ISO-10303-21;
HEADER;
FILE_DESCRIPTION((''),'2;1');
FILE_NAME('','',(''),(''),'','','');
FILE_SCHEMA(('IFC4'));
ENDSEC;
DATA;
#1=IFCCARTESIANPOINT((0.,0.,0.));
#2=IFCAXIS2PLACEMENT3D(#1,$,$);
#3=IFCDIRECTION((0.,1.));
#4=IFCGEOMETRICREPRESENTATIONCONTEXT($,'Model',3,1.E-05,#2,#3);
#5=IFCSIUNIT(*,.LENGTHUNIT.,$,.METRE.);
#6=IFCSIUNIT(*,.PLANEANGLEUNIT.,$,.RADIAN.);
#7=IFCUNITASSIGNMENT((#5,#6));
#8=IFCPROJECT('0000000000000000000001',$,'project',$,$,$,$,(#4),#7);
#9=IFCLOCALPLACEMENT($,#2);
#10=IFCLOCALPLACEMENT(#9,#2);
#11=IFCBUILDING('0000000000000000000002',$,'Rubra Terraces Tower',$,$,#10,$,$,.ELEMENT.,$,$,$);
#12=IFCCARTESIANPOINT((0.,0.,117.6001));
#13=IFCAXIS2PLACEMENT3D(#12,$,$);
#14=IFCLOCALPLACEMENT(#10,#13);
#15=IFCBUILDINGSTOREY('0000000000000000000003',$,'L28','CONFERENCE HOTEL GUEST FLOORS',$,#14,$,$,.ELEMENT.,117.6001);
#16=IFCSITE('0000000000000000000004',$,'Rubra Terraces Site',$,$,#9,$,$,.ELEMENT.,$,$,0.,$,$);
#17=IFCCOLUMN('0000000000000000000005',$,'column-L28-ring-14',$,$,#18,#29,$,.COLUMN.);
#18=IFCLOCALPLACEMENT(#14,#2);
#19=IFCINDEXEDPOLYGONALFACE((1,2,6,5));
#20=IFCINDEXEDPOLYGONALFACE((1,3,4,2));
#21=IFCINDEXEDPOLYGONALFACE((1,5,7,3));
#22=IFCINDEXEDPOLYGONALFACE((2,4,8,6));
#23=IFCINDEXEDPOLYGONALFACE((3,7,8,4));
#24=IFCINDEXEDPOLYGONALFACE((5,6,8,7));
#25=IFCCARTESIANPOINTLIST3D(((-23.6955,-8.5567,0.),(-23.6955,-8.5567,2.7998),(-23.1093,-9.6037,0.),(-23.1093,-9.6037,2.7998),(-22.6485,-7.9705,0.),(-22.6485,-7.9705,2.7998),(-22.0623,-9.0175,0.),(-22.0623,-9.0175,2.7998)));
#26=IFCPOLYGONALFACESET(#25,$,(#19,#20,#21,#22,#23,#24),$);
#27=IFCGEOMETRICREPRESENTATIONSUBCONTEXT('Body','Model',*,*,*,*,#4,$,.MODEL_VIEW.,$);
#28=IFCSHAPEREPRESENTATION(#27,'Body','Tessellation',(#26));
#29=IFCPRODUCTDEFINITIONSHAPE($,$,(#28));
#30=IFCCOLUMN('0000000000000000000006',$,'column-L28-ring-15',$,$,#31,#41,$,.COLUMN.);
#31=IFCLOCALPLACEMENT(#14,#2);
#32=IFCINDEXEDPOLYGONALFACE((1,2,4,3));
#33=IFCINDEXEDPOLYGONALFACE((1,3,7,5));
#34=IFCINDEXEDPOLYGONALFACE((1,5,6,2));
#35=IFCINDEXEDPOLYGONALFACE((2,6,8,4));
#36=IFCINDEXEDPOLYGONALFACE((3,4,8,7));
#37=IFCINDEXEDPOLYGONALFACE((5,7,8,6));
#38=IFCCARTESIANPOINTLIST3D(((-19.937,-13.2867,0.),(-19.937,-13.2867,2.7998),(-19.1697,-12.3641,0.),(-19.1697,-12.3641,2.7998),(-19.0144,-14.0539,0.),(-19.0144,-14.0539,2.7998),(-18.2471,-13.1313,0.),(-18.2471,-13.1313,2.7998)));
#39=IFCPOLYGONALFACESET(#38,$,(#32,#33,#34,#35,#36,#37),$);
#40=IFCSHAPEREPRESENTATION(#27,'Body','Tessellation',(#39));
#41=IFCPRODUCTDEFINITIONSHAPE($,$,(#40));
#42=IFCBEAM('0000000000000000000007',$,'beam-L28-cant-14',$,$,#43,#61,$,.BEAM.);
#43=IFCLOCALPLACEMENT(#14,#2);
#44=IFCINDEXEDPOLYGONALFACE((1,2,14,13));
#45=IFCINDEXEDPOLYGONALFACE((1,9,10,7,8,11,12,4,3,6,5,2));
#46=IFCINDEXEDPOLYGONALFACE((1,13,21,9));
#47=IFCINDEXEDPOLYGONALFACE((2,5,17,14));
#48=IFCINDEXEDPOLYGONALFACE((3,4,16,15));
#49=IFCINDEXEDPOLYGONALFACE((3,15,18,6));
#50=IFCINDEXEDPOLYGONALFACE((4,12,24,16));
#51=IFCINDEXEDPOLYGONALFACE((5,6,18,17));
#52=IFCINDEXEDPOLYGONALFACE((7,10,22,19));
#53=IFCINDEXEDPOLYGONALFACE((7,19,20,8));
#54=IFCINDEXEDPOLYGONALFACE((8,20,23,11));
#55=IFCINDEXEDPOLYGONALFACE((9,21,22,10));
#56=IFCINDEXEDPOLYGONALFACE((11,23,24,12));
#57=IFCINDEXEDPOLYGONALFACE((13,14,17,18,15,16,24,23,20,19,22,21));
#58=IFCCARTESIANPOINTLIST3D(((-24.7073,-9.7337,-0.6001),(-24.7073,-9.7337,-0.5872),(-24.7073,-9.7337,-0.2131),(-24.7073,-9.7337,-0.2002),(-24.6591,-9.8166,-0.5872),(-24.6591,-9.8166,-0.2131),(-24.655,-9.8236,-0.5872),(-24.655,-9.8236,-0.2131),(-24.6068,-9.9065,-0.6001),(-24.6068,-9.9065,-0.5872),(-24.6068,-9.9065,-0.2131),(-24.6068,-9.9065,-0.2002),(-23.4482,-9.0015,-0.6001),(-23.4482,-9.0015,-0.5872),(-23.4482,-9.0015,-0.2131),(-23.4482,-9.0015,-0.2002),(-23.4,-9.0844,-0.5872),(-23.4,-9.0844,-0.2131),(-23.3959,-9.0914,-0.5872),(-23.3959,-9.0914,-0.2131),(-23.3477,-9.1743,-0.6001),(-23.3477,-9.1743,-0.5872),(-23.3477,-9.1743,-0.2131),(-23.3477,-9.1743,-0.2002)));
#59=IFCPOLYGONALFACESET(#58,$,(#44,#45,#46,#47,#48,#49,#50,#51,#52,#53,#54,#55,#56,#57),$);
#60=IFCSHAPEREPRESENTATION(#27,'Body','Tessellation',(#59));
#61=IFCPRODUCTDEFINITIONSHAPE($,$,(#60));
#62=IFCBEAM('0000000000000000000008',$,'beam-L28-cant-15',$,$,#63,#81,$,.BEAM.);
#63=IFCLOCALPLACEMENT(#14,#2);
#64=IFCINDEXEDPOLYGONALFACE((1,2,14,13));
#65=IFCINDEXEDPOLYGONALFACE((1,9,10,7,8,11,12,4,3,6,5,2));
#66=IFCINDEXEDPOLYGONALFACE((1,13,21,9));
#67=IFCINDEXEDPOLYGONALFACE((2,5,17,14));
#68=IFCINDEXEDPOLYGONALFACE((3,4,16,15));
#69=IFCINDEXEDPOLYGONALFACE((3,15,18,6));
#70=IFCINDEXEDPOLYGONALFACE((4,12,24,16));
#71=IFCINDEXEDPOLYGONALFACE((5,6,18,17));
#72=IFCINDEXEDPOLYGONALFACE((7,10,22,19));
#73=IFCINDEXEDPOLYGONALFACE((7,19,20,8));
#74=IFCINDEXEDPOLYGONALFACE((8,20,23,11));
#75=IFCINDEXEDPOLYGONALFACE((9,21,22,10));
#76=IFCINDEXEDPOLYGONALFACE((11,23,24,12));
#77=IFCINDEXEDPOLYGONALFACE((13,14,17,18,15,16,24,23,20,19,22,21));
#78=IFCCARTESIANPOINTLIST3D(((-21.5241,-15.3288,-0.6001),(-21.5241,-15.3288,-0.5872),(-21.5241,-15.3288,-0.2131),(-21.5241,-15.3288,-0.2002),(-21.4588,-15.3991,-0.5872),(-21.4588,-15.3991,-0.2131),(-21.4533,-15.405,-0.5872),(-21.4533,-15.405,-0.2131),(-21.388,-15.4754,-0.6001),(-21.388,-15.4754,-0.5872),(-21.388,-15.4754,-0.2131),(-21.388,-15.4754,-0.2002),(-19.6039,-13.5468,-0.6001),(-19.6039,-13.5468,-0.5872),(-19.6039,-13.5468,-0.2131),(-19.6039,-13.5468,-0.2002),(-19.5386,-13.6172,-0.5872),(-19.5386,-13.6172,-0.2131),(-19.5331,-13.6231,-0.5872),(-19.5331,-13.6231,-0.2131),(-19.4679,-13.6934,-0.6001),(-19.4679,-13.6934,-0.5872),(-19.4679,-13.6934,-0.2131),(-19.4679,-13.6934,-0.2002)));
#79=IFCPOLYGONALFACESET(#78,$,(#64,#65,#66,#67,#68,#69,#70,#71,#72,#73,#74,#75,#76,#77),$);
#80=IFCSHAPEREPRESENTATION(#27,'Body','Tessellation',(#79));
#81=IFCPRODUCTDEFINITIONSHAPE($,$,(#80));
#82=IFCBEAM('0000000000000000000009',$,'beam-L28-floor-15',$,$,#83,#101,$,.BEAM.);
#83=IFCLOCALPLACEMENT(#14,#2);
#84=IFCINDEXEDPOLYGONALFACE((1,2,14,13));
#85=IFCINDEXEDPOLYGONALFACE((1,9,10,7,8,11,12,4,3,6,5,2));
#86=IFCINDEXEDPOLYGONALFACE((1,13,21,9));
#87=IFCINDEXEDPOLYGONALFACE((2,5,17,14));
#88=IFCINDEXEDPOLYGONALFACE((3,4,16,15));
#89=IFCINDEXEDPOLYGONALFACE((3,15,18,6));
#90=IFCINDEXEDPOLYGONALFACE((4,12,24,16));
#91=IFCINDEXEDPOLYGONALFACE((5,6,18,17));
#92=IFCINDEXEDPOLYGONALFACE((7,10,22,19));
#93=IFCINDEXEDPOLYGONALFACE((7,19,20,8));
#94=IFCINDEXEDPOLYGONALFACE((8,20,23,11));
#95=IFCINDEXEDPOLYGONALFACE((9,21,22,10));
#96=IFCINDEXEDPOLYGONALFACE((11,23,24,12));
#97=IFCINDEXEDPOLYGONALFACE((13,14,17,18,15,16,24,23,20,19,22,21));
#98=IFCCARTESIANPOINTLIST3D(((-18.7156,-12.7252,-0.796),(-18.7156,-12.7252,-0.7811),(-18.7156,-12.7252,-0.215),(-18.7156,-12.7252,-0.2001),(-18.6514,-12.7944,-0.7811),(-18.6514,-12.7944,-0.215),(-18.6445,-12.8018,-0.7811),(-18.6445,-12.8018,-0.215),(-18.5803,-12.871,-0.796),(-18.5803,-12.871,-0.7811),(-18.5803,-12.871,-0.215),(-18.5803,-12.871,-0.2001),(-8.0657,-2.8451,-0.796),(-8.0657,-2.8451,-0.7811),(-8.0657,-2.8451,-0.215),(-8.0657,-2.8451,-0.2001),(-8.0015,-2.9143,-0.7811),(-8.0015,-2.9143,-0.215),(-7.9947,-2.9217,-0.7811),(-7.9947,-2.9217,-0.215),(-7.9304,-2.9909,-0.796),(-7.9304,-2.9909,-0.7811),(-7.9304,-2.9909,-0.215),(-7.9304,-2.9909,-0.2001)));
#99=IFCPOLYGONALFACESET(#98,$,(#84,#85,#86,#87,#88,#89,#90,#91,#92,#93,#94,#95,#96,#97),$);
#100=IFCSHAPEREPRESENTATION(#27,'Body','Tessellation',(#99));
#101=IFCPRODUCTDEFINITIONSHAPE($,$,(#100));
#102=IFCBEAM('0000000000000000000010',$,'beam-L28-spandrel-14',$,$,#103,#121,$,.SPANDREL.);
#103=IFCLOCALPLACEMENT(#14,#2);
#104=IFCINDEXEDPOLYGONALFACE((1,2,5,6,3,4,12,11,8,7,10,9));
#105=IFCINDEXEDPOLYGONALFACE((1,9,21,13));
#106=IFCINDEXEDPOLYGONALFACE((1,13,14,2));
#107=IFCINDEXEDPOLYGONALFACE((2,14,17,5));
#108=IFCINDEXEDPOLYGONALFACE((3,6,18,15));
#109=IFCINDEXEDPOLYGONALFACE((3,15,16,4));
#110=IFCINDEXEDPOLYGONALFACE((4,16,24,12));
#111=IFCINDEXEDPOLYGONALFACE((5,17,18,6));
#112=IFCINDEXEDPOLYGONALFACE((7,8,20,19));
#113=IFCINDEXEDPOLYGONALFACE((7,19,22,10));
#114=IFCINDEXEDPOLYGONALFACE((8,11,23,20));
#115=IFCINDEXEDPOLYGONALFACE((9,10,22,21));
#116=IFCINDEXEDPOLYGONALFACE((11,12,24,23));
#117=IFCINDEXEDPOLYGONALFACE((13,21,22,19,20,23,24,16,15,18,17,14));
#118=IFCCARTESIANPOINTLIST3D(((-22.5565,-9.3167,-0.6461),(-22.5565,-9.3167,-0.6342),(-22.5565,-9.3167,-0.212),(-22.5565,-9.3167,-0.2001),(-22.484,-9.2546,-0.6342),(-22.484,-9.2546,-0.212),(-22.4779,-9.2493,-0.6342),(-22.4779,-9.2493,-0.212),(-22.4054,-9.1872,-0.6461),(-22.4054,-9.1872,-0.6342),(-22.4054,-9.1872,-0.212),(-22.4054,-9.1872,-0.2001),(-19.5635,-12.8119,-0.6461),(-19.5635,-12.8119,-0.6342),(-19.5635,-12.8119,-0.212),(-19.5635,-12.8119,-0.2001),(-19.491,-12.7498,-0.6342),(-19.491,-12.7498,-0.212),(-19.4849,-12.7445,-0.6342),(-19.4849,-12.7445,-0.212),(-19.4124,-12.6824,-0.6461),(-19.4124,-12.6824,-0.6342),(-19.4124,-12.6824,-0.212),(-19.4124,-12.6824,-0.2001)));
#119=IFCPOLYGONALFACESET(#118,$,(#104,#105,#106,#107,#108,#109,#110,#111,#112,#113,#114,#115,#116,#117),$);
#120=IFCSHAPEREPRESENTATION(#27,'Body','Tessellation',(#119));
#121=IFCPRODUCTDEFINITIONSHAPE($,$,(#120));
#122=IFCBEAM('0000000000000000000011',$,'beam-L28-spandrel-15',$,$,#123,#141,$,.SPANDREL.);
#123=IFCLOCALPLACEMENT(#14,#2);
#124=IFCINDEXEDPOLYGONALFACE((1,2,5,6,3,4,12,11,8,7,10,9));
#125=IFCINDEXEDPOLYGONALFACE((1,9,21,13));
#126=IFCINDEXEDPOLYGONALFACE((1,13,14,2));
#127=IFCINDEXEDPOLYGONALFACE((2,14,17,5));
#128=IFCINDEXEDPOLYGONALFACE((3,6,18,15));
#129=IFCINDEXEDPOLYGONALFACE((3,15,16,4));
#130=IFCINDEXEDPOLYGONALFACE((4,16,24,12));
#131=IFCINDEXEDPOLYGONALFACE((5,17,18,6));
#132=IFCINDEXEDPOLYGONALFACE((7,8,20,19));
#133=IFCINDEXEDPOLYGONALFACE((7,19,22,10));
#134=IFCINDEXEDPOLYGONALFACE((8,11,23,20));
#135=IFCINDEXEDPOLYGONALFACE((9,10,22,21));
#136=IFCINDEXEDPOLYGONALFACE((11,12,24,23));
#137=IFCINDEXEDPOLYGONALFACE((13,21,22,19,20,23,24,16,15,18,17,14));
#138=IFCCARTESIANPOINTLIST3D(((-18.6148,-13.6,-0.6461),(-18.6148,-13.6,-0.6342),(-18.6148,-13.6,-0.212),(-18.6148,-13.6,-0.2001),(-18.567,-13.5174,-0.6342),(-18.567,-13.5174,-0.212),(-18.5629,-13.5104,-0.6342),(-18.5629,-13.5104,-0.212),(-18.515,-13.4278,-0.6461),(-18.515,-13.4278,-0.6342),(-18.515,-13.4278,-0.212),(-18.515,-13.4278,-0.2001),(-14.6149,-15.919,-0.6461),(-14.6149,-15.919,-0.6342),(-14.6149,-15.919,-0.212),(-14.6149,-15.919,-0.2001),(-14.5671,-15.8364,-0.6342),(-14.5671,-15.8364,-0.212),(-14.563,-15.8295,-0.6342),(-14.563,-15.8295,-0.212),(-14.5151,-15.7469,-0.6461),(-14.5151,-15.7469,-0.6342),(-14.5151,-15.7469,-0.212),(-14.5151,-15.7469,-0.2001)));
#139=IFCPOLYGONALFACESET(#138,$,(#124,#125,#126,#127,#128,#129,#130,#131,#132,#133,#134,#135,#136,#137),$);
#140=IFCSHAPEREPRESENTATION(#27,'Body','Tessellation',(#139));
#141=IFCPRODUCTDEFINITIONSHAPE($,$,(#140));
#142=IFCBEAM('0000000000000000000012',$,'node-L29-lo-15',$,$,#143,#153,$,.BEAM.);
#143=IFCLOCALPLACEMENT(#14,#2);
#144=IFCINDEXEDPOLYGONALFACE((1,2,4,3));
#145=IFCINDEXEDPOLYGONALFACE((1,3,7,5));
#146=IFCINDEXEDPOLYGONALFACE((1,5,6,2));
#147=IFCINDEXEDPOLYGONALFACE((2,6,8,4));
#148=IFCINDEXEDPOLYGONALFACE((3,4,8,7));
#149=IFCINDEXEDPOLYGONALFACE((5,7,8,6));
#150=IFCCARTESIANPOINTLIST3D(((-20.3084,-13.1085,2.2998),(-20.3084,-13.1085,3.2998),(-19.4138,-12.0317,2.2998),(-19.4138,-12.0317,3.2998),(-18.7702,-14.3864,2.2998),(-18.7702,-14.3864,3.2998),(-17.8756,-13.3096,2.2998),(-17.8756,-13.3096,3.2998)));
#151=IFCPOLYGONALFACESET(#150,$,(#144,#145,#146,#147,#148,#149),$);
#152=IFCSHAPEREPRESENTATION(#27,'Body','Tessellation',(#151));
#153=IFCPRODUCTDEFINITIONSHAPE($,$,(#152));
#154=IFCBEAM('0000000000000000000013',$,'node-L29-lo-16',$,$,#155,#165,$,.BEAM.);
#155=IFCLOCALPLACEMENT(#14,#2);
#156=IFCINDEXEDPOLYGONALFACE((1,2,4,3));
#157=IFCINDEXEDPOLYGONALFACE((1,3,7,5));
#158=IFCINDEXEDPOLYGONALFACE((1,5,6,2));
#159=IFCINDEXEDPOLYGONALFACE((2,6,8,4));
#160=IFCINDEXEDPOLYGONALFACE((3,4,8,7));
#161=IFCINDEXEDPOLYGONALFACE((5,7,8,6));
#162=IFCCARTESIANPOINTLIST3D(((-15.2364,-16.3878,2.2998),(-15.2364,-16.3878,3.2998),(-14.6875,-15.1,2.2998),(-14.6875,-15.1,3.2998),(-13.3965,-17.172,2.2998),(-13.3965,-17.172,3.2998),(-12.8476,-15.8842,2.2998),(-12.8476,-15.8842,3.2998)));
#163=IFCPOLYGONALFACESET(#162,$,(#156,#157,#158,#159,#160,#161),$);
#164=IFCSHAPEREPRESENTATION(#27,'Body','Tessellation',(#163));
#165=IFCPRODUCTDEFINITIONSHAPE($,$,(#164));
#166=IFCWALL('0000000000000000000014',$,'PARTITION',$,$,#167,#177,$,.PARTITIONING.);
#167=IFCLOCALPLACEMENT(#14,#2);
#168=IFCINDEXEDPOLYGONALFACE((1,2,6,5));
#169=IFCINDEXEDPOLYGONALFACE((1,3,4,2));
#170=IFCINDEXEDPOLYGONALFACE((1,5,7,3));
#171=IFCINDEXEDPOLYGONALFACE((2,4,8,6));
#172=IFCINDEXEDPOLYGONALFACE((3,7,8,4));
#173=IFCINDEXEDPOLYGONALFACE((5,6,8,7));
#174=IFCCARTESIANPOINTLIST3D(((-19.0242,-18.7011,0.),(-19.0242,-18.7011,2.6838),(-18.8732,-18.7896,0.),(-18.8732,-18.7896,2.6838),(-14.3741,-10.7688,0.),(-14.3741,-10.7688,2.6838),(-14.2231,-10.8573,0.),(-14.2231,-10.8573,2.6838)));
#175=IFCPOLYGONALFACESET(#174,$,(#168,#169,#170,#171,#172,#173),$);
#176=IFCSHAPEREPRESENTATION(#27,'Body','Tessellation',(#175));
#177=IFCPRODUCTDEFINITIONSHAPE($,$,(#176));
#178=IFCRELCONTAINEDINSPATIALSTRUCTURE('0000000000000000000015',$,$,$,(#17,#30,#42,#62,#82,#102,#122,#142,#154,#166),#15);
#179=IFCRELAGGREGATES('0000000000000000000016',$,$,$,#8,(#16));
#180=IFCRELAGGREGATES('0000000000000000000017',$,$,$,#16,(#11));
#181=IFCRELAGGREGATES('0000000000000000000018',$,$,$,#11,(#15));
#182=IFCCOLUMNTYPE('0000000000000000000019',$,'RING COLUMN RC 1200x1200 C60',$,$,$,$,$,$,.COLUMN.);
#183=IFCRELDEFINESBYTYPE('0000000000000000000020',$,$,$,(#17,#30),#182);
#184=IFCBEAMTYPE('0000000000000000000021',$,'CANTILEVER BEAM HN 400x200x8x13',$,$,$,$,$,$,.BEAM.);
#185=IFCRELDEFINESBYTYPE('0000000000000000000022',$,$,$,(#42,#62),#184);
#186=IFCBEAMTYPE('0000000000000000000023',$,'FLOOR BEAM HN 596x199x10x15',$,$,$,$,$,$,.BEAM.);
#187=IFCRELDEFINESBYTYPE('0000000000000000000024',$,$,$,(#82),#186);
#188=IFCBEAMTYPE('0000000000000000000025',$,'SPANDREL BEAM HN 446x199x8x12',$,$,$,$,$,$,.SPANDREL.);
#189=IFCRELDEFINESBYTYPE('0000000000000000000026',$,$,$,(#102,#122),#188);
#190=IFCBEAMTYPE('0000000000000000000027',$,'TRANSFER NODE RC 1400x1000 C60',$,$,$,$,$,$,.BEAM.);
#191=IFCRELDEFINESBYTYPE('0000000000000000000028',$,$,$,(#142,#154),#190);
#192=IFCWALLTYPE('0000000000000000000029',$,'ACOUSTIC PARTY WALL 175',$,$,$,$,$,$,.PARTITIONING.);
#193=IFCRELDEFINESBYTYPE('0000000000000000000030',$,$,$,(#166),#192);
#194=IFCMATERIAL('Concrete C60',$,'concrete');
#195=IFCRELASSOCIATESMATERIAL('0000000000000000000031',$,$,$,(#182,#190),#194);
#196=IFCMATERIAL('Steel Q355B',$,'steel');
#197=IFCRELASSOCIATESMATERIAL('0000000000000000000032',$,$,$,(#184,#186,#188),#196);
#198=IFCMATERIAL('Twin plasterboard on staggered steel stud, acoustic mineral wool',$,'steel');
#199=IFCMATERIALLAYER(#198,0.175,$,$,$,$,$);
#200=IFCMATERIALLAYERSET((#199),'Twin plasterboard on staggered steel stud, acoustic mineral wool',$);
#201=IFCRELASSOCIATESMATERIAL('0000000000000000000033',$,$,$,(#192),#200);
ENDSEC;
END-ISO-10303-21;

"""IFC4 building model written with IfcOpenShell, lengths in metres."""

from ifc_helpers import new_model, si_unit, direction, frame, frame_2d, origin, origin_2d, place, context, subcontext, project, spatial, rectangle, i_section, extrude, material, layer, layer_set, material_profile, profile_set, type_object, element, save


model = new_model("IFC4")

# Units and contexts
model_context = context("Model", 3, precision=1e-05, world=origin(), true_north=direction((0.0, 1.0)))
body_context = subcontext(model_context, "Body", "Model", "MODEL_VIEW")
ifc_project = project(units=[si_unit("LENGTHUNIT", "METRE"), si_unit("PLANEANGLEUNIT", "RADIAN")], contexts=[model_context])

# Site, building, storey
site_placement = place(None, origin())
site = spatial("IfcSite", under=ifc_project, at=site_placement, Name="Rubra Terraces Site", CompositionType="ELEMENT", RefElevation=0.0)
building_placement = place(site_placement, origin())
building = spatial("IfcBuilding", under=site, at=building_placement, Name="Rubra Terraces Tower", CompositionType="ELEMENT")
storey_placement = place(building_placement, frame((0.0, 0.0, 117.6001)))
storey = spatial("IfcBuildingStorey", under=building, at=storey_placement, Name="L28", Description="CONFERENCE HOTEL GUEST FLOORS", CompositionType="ELEMENT", Elevation=117.6001)

# Columns
ifc_material_1 = material(Name="Concrete C60", Category="concrete")
ifc_material_profile_1 = material_profile(ifc_material_1, rectangle(XDim=1.2, YDim=1.2, at=origin_2d()), Name="RC 1200x1200")
ifc_profile_set_1 = profile_set([ifc_material_profile_1], Name="Concrete C60")
column_type = type_object("IfcColumnType", Name="RING COLUMN RC 1200x1200 C60", PredefinedType="COLUMN", material=ifc_profile_set_1)
for number, where, z_axis, x_axis, name in (
    (1, (-22.8789, -8.7871, 0.0), (0.0, 0.0, 1.0), (0.488526, -0.872549, 0.0), "column-L28-ring-14"),
    (2, (-19.092, -13.209, 0.0), (0.0, 0.0, 1.0), (0.76887, -0.639405, 0.0), "column-L28-ring-15"),
):
    element("IfcColumn", number, at=place(storey_placement, frame(where, z_axis=z_axis, x_axis=x_axis)), inside=storey, type_object=column_type, Name=name, PredefinedType="COLUMN", context=body_context, shape_type="SweptSolid", body=[
        extrude(rectangle(XDim=1.2, YDim=1.2, at=origin_2d()), origin(), (0.0, 0.0, 1.0), 2.7998),
    ])

# Beams
ifc_material_2 = material(Name="Steel Q355B", Category="steel")
ifc_material_profile_2 = material_profile(ifc_material_2, i_section(OverallWidth=0.2, OverallDepth=0.3999, WebThickness=0.0081, FlangeThickness=0.0129, at=origin_2d()), Name="HN 400x200x8x13")
ifc_profile_set_2 = profile_set([ifc_material_profile_2], Name="Steel Q355B")
beam_type_1 = type_object("IfcBeamType", Name="CANTILEVER BEAM HN 400x200x8x13", PredefinedType="BEAM", material=ifc_profile_set_2)
beam_1_placement = place(storey_placement, frame((-23.3979, -9.0879, -0.4001), z_axis=(-0.864453, -0.502714, 0.0), x_axis=(0.502714, -0.864453, 0.0)))
element("IfcBeam", 3, at=beam_1_placement, inside=storey, type_object=beam_type_1, Name="beam-L28-cant-14", PredefinedType="BEAM", context=body_context, shape_type="SweptSolid", body=[
    extrude(i_section(OverallWidth=0.2, OverallDepth=0.3999, WebThickness=0.0081, FlangeThickness=0.0129, at=origin_2d()), origin(), (0.0, 0.0, 1.0), 1.4565),
])
beam_2_placement = place(storey_placement, frame((-19.5359, -13.6201, -0.4001), z_axis=(-0.732989, -0.68024, 0.0), x_axis=(0.68024, -0.732989, 0.0)))
element("IfcBeam", 4, at=beam_2_placement, inside=storey, type_object=beam_type_1, Name="beam-L28-cant-15", PredefinedType="BEAM", context=body_context, shape_type="SweptSolid", body=[
    extrude(i_section(OverallWidth=0.2, OverallDepth=0.3999, WebThickness=0.0081, FlangeThickness=0.0129, at=origin_2d()), origin(), (0.0, 0.0, 1.0), 2.6196),
])
ifc_material_profile_3 = material_profile(ifc_material_2, i_section(OverallWidth=0.199, OverallDepth=0.5959, WebThickness=0.01, FlangeThickness=0.0149, at=origin_2d()), Name="HN 596x199x10x15")
ifc_profile_set_3 = profile_set([ifc_material_profile_3], Name="Steel Q355B")
beam_type_2 = type_object("IfcBeamType", Name="FLOOR BEAM HN 596x199x10x15", PredefinedType="BEAM", material=ifc_profile_set_3)
beam_3_placement = place(storey_placement, frame((-18.6479, -12.7981, -0.498), z_axis=(0.733105, 0.680116, 0.0), x_axis=(-0.680116, 0.733105, 0.0)))
element("IfcBeam", 5, at=beam_3_placement, inside=storey, type_object=beam_type_2, Name="beam-L28-floor-15", PredefinedType="BEAM", context=body_context, shape_type="SweptSolid", body=[
    extrude(i_section(OverallWidth=0.199, OverallDepth=0.5959, WebThickness=0.01, FlangeThickness=0.0149, at=origin_2d()), origin(), (0.0, 0.0, 1.0), 14.5271),
])
ifc_material_profile_4 = material_profile(ifc_material_2, i_section(OverallWidth=0.199, OverallDepth=0.446, WebThickness=0.0081, FlangeThickness=0.012, at=origin_2d()), Name="HN 446x199x8x12")
ifc_profile_set_4 = profile_set([ifc_material_profile_4], Name="Steel Q355B")
beam_type_3 = type_object("IfcBeamType", Name="SPANDREL BEAM HN 446x199x8x12", PredefinedType="SPANDREL", material=ifc_profile_set_4)
beam_4_placement = place(storey_placement, frame((-22.481, -9.252, -0.4231), z_axis=(0.650429, -0.759567, 0.0), x_axis=(0.759567, 0.650429, 0.0)))
element("IfcBeam", 6, at=beam_4_placement, inside=storey, type_object=beam_type_3, Name="beam-L28-spandrel-14", PredefinedType="SPANDREL", context=body_context, shape_type="SweptSolid", body=[
    extrude(i_section(OverallWidth=0.199, OverallDepth=0.446, WebThickness=0.0081, FlangeThickness=0.012, at=origin_2d()), origin(), (0.0, 0.0, 1.0), 4.6016),
])
beam_5_placement = place(storey_placement, frame((-18.5649, -13.5139, -0.4231), z_axis=(0.865116, -0.501571, 0.0), x_axis=(0.501571, 0.865116, 0.0)))
element("IfcBeam", 7, at=beam_5_placement, inside=storey, type_object=beam_type_3, Name="beam-L28-spandrel-15", PredefinedType="SPANDREL", context=body_context, shape_type="SweptSolid", body=[
    extrude(i_section(OverallWidth=0.199, OverallDepth=0.446, WebThickness=0.0081, FlangeThickness=0.012, at=origin_2d()), origin(), (0.0, 0.0, 1.0), 4.6235),
])
ifc_material_profile_5 = material_profile(ifc_material_1, rectangle(XDim=1.3999, YDim=1.0, at=origin_2d()), Name="RC 1400x1000")
ifc_profile_set_5 = profile_set([ifc_material_profile_5], Name="Concrete C60")
beam_type_4 = type_object("IfcBeamType", Name="TRANSFER NODE RC 1400x1000 C60", PredefinedType="BEAM", material=ifc_profile_set_5)
beam_6_placement = place(storey_placement, frame((-19.8611, -12.5701, 2.7998), z_axis=(0.769181, -0.639031, 0.0), x_axis=(0.639031, 0.769181, 0.0)))
element("IfcBeam", 8, at=beam_6_placement, inside=storey, type_object=beam_type_4, Name="node-L29-lo-15", PredefinedType="BEAM", context=body_context, shape_type="SweptSolid", body=[
    extrude(rectangle(XDim=1.3999, YDim=1.0, at=origin_2d()), origin(), (0.0, 0.0, 1.0), 1.9998),
])
beam_7_placement = place(storey_placement, frame((-14.9619, -15.7439, 2.7998), z_axis=(0.919926, -0.392092, 0.0), x_axis=(0.392092, 0.919926, 0.0)))
element("IfcBeam", 9, at=beam_7_placement, inside=storey, type_object=beam_type_4, Name="node-L29-lo-16", PredefinedType="BEAM", context=body_context, shape_type="SweptSolid", body=[
    extrude(rectangle(XDim=1.3999, YDim=1.0, at=origin_2d()), origin(), (0.0, 0.0, 1.0), 2.0),
])

# Wall
ifc_material_3 = material(Name="Twin plasterboard on staggered steel stud, acoustic mineral wool", Category="steel")
ifc_layer_1 = layer(ifc_material_3, 0.175)
ifc_layer_set_1 = layer_set([ifc_layer_1], Name="Twin plasterboard on staggered steel stud, acoustic mineral wool")
wall_type_1 = type_object("IfcWallType", Name="ACOUSTIC PARTY WALL 175", PredefinedType="PARTITIONING", material=ifc_layer_set_1)
wall_1_placement = place(storey_placement, frame((-18.9487, -18.7454, 0.0), z_axis=(0.0, 0.0, 1.0), x_axis=(0.50573, 0.862692, 0.0)))
element("IfcWall", 10, at=wall_1_placement, inside=storey, type_object=wall_type_1, Name="PARTITION", PredefinedType="PARTITIONING", context=body_context, shape_type="SweptSolid", body=[
    extrude(rectangle(XDim=9.1948, YDim=0.175, at=frame_2d((4.5974, 0.0))), origin(), (0.0, 0.0, 1.0), 2.6838),
])

save(model, "model.ifc")
